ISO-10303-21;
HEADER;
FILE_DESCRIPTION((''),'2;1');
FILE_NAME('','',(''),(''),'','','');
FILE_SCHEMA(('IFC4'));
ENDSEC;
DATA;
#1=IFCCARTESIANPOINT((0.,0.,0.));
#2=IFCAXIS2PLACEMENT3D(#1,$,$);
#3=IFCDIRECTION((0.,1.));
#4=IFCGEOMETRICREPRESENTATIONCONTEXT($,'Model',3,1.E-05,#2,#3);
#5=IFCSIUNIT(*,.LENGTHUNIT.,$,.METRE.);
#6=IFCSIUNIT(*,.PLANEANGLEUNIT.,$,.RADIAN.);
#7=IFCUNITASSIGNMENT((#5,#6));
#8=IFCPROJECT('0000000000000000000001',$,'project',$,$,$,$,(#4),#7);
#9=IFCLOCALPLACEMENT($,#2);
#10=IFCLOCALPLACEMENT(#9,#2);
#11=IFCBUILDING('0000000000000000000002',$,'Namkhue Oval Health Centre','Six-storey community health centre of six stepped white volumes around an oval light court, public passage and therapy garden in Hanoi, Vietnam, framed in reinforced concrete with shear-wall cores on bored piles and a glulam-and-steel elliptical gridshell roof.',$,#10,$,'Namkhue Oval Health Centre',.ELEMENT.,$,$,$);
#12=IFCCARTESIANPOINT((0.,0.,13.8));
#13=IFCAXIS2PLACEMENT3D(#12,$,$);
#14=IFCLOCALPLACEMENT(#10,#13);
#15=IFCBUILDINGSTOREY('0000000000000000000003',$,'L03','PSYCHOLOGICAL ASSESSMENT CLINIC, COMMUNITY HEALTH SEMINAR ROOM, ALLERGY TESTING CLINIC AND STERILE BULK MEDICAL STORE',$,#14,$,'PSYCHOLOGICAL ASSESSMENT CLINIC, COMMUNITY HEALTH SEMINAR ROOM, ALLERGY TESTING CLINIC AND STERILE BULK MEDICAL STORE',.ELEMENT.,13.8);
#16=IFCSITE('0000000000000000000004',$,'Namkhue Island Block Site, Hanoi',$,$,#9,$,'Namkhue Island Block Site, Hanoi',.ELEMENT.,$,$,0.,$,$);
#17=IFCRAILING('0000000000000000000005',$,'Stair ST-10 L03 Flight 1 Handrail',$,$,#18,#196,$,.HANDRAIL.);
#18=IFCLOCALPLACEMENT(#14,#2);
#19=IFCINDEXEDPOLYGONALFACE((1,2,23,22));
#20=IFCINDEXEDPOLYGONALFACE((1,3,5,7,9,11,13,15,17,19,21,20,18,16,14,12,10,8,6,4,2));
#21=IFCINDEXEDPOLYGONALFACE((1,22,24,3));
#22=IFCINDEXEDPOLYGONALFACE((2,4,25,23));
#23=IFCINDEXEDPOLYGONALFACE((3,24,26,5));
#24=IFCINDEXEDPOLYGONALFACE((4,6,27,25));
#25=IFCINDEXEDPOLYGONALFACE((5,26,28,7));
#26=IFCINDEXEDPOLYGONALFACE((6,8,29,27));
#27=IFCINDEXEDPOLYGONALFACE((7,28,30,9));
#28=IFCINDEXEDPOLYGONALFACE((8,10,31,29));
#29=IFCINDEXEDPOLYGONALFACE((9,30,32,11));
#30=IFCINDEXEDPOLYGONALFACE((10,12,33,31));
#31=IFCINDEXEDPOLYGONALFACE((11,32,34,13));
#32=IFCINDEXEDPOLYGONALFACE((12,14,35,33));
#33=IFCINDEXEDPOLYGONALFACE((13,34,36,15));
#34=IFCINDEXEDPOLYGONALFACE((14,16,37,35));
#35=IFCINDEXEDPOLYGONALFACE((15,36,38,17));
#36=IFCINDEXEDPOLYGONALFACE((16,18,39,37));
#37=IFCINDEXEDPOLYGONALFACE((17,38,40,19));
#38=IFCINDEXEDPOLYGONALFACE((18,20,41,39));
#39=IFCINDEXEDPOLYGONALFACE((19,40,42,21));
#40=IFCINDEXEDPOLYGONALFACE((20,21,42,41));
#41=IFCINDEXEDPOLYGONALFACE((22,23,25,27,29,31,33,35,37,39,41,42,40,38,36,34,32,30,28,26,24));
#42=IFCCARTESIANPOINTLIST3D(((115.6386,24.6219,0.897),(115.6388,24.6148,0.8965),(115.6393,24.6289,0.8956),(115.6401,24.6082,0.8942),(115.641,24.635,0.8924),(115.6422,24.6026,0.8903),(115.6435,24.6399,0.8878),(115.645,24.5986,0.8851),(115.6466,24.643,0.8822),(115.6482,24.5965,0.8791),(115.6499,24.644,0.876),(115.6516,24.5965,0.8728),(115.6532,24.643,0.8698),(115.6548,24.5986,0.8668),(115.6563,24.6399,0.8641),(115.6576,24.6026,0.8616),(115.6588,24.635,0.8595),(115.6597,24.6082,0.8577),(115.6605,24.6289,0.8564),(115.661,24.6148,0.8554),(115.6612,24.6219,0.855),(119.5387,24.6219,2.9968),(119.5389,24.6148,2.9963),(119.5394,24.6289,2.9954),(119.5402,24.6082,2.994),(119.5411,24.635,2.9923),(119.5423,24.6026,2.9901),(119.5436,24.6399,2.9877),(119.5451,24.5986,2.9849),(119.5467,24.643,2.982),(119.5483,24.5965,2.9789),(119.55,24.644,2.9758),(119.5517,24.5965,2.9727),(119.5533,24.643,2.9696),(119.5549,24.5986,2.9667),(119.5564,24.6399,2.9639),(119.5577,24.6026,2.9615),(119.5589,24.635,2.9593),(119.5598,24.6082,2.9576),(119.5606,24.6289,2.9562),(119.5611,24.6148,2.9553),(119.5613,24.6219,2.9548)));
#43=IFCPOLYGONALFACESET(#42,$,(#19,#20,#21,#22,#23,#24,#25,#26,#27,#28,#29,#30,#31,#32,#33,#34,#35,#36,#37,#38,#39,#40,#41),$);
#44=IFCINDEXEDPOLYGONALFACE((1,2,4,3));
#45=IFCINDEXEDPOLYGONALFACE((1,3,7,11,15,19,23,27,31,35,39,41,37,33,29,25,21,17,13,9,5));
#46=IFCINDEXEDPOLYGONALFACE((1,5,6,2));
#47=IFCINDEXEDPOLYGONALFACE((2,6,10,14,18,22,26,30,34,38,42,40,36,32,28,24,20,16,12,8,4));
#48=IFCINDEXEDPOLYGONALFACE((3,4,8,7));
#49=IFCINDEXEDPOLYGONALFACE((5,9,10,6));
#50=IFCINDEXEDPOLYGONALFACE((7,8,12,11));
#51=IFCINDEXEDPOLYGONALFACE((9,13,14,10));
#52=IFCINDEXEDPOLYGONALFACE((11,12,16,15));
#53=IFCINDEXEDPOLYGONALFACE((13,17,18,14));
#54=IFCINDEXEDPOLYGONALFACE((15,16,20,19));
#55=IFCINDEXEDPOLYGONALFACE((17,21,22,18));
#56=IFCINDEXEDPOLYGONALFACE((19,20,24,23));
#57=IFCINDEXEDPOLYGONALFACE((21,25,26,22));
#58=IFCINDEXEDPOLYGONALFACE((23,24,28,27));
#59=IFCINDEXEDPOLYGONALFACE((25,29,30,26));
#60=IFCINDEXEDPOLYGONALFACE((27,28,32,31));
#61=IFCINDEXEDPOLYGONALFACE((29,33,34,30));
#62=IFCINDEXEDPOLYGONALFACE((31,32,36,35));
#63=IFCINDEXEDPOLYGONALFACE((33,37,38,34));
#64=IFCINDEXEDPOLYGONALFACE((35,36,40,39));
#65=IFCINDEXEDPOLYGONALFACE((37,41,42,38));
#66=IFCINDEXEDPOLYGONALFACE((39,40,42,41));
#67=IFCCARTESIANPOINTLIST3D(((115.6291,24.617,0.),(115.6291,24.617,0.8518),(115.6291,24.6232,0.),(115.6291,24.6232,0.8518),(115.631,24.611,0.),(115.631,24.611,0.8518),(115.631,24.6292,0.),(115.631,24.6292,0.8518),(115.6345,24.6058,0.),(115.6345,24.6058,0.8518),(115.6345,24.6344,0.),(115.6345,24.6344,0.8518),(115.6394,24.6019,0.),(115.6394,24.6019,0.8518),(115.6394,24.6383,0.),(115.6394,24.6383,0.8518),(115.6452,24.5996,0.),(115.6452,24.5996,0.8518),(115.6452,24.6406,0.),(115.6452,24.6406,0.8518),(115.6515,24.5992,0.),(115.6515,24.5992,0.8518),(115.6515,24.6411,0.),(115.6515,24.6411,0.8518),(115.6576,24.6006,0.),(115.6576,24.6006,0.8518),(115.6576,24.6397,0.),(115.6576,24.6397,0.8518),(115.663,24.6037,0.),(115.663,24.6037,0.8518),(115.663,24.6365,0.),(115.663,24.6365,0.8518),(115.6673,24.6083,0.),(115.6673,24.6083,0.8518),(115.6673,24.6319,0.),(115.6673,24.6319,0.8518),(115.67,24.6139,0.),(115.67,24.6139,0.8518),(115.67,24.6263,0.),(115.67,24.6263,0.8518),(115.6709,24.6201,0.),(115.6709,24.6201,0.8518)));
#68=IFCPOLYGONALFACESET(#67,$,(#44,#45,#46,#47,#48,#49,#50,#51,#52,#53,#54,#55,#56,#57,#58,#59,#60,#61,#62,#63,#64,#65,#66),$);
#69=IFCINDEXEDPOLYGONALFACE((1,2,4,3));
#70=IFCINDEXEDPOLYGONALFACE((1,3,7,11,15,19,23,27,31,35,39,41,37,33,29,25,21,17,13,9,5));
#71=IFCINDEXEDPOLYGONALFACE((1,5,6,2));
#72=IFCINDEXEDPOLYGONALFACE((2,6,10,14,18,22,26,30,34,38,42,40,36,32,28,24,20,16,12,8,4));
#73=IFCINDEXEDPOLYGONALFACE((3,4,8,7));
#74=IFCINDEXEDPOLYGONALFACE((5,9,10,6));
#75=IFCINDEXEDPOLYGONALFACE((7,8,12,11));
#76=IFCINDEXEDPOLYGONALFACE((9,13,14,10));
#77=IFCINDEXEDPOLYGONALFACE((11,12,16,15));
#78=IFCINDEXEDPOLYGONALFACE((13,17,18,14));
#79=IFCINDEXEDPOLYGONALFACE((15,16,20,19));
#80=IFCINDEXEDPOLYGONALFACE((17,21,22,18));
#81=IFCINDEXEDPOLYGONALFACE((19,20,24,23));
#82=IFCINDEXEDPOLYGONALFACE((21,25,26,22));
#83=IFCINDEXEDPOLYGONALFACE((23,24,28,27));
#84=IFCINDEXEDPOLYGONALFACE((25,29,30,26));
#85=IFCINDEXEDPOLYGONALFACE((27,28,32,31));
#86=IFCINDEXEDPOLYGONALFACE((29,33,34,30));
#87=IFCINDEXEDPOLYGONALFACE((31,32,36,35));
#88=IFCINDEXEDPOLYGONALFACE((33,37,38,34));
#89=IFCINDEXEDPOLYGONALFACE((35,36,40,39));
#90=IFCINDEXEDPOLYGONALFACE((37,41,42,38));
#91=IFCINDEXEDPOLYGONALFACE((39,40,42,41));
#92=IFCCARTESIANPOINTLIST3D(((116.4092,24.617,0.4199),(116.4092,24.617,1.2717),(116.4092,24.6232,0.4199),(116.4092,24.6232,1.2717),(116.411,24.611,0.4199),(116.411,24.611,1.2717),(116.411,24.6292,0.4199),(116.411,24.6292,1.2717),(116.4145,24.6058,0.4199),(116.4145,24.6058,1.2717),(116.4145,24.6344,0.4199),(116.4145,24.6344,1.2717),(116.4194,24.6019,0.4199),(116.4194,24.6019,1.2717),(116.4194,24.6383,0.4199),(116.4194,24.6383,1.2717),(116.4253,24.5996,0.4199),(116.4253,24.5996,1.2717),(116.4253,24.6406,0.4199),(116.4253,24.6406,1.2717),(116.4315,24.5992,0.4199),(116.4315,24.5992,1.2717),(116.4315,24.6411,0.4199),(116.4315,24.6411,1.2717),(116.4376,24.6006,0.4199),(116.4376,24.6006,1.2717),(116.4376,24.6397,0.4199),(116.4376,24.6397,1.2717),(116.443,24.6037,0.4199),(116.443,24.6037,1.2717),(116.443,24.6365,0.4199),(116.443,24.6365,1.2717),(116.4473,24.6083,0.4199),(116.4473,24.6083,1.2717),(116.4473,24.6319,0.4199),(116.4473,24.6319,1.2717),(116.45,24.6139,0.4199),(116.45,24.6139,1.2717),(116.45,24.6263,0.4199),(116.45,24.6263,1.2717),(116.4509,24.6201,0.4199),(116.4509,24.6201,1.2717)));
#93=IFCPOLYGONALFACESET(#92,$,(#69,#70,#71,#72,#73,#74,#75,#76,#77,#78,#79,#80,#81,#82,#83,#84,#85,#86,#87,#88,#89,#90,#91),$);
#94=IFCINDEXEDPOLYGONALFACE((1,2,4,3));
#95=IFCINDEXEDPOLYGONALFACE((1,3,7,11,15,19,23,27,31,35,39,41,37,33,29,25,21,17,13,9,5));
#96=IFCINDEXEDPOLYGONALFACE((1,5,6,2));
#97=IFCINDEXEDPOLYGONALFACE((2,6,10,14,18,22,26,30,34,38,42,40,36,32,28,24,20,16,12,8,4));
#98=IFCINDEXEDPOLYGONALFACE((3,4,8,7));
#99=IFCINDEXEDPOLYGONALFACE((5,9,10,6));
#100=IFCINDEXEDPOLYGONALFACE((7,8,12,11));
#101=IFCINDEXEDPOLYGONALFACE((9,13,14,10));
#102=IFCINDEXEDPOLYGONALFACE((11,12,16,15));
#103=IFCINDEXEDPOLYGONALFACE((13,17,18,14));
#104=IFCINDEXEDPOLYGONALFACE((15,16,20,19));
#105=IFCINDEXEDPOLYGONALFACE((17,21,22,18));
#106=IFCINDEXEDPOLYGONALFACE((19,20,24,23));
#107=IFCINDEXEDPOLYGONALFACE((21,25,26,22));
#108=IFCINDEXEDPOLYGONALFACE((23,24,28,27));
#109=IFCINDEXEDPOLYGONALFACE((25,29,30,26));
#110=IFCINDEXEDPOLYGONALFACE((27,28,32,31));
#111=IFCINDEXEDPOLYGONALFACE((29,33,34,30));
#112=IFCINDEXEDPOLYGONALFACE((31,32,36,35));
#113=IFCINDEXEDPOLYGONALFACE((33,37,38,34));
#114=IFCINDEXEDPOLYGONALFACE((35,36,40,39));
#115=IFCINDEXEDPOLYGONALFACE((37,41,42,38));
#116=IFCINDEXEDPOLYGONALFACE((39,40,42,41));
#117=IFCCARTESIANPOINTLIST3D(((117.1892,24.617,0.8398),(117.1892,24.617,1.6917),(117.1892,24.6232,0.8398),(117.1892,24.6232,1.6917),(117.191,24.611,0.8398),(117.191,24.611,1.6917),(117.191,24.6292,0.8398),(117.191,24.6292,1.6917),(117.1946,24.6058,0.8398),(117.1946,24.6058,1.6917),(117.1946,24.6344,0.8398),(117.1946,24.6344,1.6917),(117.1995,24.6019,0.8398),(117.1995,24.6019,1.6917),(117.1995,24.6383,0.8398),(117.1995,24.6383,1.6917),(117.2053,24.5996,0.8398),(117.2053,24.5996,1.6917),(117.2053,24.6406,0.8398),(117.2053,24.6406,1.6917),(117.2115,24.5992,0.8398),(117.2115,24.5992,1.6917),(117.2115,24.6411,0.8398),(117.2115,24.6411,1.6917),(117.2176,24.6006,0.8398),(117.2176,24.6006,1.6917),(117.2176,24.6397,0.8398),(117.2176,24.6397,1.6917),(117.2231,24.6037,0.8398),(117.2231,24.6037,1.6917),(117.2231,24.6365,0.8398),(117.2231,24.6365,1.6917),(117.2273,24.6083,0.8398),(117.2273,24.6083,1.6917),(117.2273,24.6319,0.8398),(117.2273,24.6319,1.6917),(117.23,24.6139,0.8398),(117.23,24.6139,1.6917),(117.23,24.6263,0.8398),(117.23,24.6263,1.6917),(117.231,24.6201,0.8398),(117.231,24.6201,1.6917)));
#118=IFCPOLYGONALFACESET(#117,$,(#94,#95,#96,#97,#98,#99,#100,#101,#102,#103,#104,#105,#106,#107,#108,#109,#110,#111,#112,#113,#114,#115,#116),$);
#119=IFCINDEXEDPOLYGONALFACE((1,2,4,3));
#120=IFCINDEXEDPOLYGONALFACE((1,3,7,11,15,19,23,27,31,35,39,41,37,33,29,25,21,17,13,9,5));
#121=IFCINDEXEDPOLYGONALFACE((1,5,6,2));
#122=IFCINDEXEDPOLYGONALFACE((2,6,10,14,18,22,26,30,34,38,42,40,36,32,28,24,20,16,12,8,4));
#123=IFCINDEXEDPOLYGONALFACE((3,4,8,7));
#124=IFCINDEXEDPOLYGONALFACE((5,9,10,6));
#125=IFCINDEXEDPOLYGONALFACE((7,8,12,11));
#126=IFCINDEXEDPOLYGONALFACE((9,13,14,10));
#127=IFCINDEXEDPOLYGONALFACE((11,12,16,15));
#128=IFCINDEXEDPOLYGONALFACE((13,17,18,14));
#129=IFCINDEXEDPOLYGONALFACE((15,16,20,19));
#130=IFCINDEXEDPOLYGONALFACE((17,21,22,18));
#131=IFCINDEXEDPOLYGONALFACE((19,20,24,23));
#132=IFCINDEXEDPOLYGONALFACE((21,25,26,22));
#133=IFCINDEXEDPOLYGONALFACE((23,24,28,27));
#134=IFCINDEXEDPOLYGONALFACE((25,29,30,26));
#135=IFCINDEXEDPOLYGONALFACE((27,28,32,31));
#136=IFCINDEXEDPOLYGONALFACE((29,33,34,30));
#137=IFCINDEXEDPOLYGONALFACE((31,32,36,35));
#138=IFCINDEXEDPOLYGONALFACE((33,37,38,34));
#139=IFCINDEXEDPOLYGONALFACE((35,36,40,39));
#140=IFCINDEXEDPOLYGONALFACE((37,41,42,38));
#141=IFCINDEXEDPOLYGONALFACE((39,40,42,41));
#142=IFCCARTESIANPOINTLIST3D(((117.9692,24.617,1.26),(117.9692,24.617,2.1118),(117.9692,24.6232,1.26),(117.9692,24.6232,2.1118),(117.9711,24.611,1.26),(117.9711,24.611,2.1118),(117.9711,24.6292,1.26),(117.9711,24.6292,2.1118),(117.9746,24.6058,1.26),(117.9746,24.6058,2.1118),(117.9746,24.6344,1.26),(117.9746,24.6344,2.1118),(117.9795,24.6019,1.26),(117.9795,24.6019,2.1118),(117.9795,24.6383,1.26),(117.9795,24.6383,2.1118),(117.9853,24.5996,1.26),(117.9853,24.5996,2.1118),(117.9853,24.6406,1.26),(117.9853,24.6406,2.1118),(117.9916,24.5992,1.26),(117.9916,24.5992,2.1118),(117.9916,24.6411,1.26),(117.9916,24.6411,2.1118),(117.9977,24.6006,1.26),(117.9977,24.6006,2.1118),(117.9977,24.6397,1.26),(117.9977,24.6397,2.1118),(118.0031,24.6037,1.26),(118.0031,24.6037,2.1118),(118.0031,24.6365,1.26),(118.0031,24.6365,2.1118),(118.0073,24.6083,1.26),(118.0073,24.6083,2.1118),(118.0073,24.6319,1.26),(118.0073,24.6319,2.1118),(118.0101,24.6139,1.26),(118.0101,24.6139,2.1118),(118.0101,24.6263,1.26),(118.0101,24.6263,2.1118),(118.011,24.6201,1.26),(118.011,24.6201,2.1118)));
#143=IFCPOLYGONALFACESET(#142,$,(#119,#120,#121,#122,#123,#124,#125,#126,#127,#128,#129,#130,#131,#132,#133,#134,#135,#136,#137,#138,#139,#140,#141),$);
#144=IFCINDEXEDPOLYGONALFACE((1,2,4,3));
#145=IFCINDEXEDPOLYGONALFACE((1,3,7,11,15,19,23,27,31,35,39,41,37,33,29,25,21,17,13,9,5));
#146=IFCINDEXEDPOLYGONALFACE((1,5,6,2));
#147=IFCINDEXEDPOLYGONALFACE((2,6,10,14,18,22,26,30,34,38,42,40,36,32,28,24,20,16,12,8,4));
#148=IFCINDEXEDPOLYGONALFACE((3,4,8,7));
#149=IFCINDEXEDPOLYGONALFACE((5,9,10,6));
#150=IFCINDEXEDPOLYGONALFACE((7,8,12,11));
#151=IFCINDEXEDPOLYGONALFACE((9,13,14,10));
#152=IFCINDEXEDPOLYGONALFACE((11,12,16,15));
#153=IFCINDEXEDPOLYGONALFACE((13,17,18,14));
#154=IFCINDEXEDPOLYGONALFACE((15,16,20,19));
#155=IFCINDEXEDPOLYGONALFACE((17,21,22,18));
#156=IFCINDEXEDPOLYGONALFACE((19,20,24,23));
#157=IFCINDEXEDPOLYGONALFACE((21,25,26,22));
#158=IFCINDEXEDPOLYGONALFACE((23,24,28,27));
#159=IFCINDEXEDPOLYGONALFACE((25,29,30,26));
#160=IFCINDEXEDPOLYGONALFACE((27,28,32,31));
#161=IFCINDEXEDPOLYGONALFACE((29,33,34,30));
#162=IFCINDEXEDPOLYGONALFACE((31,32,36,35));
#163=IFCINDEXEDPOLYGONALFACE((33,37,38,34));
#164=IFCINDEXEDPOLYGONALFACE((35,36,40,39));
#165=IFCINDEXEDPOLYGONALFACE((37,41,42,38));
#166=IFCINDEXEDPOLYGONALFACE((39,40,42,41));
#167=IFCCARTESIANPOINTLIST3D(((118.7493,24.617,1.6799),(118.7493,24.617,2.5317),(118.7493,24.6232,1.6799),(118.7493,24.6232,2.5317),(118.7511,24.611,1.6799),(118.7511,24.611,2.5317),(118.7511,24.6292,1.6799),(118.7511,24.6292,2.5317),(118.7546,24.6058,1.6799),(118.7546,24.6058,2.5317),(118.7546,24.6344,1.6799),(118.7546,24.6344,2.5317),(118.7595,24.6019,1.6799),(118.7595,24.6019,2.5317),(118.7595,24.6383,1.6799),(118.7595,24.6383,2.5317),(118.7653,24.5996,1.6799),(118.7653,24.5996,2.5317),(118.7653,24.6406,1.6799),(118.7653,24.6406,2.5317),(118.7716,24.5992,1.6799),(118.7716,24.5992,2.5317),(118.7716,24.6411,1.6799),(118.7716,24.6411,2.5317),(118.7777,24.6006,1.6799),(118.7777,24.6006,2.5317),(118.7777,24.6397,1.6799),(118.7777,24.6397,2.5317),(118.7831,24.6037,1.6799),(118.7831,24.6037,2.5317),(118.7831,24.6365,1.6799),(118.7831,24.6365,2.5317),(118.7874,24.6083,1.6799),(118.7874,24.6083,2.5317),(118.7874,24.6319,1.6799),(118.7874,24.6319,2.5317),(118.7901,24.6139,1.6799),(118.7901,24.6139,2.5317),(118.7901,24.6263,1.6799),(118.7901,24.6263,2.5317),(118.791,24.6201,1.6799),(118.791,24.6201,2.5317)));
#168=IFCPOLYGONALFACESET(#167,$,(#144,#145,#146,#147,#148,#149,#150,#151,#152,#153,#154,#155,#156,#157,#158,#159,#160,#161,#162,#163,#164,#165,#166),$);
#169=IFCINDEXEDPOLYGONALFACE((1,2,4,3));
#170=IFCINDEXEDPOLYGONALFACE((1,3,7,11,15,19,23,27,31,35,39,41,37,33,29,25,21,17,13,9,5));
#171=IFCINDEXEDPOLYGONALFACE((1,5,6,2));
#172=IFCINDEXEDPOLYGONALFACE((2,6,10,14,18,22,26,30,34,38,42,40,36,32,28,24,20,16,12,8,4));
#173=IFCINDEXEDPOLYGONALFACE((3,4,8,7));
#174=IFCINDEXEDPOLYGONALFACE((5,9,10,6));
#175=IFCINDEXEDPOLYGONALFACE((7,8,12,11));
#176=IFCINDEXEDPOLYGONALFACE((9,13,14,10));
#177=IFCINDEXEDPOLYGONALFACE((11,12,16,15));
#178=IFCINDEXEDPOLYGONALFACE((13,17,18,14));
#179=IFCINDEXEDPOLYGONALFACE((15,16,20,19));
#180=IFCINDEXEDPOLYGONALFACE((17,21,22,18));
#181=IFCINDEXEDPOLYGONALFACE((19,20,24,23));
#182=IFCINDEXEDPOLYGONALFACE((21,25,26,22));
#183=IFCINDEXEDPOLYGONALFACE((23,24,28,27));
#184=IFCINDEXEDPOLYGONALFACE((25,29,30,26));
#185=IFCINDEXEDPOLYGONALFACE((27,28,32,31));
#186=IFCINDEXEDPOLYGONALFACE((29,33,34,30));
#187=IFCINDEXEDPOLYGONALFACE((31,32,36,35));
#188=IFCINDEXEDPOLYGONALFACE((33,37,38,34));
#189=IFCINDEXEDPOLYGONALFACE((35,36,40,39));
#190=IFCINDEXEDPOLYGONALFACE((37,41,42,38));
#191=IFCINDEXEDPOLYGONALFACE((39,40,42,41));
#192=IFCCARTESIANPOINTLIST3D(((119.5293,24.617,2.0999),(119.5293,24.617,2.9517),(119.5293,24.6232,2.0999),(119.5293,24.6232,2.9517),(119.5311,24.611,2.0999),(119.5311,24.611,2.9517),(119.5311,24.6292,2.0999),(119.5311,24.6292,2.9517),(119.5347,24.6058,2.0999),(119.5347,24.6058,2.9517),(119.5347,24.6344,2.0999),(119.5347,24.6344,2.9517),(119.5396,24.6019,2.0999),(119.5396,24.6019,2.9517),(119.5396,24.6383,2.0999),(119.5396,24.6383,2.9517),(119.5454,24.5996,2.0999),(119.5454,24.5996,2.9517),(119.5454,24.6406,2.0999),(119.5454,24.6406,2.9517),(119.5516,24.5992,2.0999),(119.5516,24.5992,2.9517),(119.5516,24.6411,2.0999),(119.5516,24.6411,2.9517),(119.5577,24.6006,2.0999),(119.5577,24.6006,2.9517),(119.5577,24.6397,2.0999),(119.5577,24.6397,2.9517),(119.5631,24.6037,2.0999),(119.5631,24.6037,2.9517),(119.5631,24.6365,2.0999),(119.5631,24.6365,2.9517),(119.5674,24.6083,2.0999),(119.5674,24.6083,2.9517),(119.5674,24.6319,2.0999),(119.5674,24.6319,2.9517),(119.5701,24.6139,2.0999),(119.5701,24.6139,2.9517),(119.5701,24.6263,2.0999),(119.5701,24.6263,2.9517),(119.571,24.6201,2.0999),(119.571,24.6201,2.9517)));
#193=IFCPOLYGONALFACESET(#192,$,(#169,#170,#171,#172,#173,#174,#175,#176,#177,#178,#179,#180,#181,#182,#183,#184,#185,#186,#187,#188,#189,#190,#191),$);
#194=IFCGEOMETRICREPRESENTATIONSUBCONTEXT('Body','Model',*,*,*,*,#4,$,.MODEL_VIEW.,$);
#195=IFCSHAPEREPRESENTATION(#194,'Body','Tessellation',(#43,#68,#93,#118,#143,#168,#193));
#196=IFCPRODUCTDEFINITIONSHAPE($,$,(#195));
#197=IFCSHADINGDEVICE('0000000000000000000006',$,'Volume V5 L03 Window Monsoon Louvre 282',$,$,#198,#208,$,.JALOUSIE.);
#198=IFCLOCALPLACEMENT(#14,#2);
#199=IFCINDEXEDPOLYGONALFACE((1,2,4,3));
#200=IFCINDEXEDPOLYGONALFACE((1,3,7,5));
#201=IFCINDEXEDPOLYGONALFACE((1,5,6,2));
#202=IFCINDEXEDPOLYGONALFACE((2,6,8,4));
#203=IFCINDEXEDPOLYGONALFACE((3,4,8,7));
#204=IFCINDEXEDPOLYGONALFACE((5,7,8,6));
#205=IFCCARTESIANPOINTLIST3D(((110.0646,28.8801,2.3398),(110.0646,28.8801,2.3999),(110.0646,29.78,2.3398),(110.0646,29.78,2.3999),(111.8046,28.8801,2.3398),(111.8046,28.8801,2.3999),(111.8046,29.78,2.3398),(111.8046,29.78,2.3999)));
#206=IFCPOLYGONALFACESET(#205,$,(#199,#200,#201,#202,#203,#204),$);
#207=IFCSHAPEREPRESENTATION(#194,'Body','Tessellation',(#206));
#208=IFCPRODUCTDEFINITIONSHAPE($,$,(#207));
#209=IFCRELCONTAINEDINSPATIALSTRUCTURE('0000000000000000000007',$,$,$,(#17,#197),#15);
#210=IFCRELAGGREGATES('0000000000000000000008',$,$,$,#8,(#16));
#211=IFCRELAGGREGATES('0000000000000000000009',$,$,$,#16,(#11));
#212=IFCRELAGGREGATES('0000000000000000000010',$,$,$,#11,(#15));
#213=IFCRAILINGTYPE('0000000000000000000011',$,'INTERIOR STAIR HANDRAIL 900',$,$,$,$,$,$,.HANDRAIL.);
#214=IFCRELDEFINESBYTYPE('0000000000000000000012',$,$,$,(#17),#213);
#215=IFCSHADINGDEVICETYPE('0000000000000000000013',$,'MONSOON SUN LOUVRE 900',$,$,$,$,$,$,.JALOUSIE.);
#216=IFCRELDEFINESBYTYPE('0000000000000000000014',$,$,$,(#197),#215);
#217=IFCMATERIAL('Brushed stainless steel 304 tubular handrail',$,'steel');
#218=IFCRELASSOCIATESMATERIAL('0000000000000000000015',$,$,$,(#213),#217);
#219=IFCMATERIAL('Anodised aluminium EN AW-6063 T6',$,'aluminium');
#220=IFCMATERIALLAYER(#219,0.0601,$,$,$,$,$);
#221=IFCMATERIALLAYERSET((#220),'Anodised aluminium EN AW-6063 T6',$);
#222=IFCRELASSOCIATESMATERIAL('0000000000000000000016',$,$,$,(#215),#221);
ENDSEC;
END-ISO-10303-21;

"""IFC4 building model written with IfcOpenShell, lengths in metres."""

from ifc_helpers import new_model, si_unit, direction, frame, origin, origin_2d, place, context, subcontext, project, spatial, rectangle, circle, extrude, material, layer, layer_set, type_object, element, save


model = new_model("IFC4")

# Units and contexts
model_context = context("Model", 3, precision=1e-05, world=origin(), true_north=direction((0.0, 1.0)))
body_context = subcontext(model_context, "Body", "Model", "MODEL_VIEW")
ifc_project = project(units=[si_unit("LENGTHUNIT", "METRE"), si_unit("PLANEANGLEUNIT", "RADIAN")], contexts=[model_context])

# Site, building, storey
site_placement = place(None, origin())
site = spatial("IfcSite", under=ifc_project, at=site_placement, Name="Namkhue Island Block Site, Hanoi", LongName="Namkhue Island Block Site, Hanoi", CompositionType="ELEMENT", RefElevation=0.0)
building_placement = place(site_placement, origin())
building = spatial("IfcBuilding", under=site, at=building_placement, Name="Namkhue Oval Health Centre", Description="Six-storey community health centre of six stepped white volumes around an oval light court, public passage and therapy garden in Hanoi, Vietnam, framed in reinforced concrete with shear-wall cores on bored piles and a glulam-and-steel elliptical gridshell roof.", LongName="Namkhue Oval Health Centre", CompositionType="ELEMENT")
storey_placement = place(building_placement, frame((0.0, 0.0, 13.8)))
storey = spatial("IfcBuildingStorey", under=building, at=storey_placement, Name="L03", Description="PSYCHOLOGICAL ASSESSMENT CLINIC, COMMUNITY HEALTH SEMINAR ROOM, ALLERGY TESTING CLINIC AND STERILE BULK MEDICAL STORE", LongName="PSYCHOLOGICAL ASSESSMENT CLINIC, COMMUNITY HEALTH SEMINAR ROOM, ALLERGY TESTING CLINIC AND STERILE BULK MEDICAL STORE", CompositionType="ELEMENT", Elevation=13.8)

# Railing
ifc_material_1 = material(Name="Brushed stainless steel 304 tubular handrail", Category="steel")
railing_type_1 = type_object("IfcRailingType", Name="INTERIOR STAIR HANDRAIL 900", PredefinedType="HANDRAIL", material=ifc_material_1)
railing_1_placement = place(storey_placement, frame((115.6499, 24.6201, 0.0)))
element("IfcRailing", 1, at=railing_1_placement, inside=storey, type_object=railing_type_1, Name="Stair ST-10 L03 Flight 1 Handrail", PredefinedType="HANDRAIL", context=body_context, shape_type="SweptSolid", body=[
    extrude(circle(Radius=0.0239, at=origin_2d()), frame((0.0, 0.0, 0.876), z_axis=(0.880492, 0.0, 0.47406), x_axis=(0.0, 1.0, 0.0)), (0.0, 0.0, 1.0), 4.4294),
    extrude(circle(Radius=0.021, at=origin_2d()), origin(), (0.0, 0.0, 1.0), 0.8518),
    extrude(circle(Radius=0.021, at=origin_2d()), frame((0.78, 0.0, 0.4199)), (0.0, 0.0, 1.0), 0.8518),
    extrude(circle(Radius=0.021, at=origin_2d()), frame((1.5601, 0.0, 0.8398)), (0.0, 0.0, 1.0), 0.8518),
    extrude(circle(Radius=0.021, at=origin_2d()), frame((2.3401, 0.0, 1.26)), (0.0, 0.0, 1.0), 0.8518),
    extrude(circle(Radius=0.021, at=origin_2d()), frame((3.1201, 0.0, 1.6799)), (0.0, 0.0, 1.0), 0.8518),
    extrude(circle(Radius=0.021, at=origin_2d()), frame((3.9001, 0.0, 2.0999)), (0.0, 0.0, 1.0), 0.8518),
])

# Shading device
ifc_material_2 = material(Name="Anodised aluminium EN AW-6063 T6", Category="aluminium")
ifc_layer_1 = layer(ifc_material_2, 0.0601)
ifc_layer_set_1 = layer_set([ifc_layer_1], Name="Anodised aluminium EN AW-6063 T6")
shading_device_type = type_object("IfcShadingDeviceType", Name="MONSOON SUN LOUVRE 900", PredefinedType="JALOUSIE", material=ifc_layer_set_1)
shading_device_placement = place(storey_placement, frame((110.9346, 29.3301, 2.3398), z_axis=(0.0, 0.0, 1.0), x_axis=(-1.0, 0.0, 0.0)))
element("IfcShadingDevice", 2, at=shading_device_placement, inside=storey, type_object=shading_device_type, Name="Volume V5 L03 Window Monsoon Louvre 282", PredefinedType="JALOUSIE", context=body_context, shape_type="SweptSolid", body=[
    extrude(rectangle(XDim=1.74, YDim=0.8999, at=origin_2d()), origin(), (0.0, 0.0, 1.0), 0.0601),
])

save(model, "model.ifc")
